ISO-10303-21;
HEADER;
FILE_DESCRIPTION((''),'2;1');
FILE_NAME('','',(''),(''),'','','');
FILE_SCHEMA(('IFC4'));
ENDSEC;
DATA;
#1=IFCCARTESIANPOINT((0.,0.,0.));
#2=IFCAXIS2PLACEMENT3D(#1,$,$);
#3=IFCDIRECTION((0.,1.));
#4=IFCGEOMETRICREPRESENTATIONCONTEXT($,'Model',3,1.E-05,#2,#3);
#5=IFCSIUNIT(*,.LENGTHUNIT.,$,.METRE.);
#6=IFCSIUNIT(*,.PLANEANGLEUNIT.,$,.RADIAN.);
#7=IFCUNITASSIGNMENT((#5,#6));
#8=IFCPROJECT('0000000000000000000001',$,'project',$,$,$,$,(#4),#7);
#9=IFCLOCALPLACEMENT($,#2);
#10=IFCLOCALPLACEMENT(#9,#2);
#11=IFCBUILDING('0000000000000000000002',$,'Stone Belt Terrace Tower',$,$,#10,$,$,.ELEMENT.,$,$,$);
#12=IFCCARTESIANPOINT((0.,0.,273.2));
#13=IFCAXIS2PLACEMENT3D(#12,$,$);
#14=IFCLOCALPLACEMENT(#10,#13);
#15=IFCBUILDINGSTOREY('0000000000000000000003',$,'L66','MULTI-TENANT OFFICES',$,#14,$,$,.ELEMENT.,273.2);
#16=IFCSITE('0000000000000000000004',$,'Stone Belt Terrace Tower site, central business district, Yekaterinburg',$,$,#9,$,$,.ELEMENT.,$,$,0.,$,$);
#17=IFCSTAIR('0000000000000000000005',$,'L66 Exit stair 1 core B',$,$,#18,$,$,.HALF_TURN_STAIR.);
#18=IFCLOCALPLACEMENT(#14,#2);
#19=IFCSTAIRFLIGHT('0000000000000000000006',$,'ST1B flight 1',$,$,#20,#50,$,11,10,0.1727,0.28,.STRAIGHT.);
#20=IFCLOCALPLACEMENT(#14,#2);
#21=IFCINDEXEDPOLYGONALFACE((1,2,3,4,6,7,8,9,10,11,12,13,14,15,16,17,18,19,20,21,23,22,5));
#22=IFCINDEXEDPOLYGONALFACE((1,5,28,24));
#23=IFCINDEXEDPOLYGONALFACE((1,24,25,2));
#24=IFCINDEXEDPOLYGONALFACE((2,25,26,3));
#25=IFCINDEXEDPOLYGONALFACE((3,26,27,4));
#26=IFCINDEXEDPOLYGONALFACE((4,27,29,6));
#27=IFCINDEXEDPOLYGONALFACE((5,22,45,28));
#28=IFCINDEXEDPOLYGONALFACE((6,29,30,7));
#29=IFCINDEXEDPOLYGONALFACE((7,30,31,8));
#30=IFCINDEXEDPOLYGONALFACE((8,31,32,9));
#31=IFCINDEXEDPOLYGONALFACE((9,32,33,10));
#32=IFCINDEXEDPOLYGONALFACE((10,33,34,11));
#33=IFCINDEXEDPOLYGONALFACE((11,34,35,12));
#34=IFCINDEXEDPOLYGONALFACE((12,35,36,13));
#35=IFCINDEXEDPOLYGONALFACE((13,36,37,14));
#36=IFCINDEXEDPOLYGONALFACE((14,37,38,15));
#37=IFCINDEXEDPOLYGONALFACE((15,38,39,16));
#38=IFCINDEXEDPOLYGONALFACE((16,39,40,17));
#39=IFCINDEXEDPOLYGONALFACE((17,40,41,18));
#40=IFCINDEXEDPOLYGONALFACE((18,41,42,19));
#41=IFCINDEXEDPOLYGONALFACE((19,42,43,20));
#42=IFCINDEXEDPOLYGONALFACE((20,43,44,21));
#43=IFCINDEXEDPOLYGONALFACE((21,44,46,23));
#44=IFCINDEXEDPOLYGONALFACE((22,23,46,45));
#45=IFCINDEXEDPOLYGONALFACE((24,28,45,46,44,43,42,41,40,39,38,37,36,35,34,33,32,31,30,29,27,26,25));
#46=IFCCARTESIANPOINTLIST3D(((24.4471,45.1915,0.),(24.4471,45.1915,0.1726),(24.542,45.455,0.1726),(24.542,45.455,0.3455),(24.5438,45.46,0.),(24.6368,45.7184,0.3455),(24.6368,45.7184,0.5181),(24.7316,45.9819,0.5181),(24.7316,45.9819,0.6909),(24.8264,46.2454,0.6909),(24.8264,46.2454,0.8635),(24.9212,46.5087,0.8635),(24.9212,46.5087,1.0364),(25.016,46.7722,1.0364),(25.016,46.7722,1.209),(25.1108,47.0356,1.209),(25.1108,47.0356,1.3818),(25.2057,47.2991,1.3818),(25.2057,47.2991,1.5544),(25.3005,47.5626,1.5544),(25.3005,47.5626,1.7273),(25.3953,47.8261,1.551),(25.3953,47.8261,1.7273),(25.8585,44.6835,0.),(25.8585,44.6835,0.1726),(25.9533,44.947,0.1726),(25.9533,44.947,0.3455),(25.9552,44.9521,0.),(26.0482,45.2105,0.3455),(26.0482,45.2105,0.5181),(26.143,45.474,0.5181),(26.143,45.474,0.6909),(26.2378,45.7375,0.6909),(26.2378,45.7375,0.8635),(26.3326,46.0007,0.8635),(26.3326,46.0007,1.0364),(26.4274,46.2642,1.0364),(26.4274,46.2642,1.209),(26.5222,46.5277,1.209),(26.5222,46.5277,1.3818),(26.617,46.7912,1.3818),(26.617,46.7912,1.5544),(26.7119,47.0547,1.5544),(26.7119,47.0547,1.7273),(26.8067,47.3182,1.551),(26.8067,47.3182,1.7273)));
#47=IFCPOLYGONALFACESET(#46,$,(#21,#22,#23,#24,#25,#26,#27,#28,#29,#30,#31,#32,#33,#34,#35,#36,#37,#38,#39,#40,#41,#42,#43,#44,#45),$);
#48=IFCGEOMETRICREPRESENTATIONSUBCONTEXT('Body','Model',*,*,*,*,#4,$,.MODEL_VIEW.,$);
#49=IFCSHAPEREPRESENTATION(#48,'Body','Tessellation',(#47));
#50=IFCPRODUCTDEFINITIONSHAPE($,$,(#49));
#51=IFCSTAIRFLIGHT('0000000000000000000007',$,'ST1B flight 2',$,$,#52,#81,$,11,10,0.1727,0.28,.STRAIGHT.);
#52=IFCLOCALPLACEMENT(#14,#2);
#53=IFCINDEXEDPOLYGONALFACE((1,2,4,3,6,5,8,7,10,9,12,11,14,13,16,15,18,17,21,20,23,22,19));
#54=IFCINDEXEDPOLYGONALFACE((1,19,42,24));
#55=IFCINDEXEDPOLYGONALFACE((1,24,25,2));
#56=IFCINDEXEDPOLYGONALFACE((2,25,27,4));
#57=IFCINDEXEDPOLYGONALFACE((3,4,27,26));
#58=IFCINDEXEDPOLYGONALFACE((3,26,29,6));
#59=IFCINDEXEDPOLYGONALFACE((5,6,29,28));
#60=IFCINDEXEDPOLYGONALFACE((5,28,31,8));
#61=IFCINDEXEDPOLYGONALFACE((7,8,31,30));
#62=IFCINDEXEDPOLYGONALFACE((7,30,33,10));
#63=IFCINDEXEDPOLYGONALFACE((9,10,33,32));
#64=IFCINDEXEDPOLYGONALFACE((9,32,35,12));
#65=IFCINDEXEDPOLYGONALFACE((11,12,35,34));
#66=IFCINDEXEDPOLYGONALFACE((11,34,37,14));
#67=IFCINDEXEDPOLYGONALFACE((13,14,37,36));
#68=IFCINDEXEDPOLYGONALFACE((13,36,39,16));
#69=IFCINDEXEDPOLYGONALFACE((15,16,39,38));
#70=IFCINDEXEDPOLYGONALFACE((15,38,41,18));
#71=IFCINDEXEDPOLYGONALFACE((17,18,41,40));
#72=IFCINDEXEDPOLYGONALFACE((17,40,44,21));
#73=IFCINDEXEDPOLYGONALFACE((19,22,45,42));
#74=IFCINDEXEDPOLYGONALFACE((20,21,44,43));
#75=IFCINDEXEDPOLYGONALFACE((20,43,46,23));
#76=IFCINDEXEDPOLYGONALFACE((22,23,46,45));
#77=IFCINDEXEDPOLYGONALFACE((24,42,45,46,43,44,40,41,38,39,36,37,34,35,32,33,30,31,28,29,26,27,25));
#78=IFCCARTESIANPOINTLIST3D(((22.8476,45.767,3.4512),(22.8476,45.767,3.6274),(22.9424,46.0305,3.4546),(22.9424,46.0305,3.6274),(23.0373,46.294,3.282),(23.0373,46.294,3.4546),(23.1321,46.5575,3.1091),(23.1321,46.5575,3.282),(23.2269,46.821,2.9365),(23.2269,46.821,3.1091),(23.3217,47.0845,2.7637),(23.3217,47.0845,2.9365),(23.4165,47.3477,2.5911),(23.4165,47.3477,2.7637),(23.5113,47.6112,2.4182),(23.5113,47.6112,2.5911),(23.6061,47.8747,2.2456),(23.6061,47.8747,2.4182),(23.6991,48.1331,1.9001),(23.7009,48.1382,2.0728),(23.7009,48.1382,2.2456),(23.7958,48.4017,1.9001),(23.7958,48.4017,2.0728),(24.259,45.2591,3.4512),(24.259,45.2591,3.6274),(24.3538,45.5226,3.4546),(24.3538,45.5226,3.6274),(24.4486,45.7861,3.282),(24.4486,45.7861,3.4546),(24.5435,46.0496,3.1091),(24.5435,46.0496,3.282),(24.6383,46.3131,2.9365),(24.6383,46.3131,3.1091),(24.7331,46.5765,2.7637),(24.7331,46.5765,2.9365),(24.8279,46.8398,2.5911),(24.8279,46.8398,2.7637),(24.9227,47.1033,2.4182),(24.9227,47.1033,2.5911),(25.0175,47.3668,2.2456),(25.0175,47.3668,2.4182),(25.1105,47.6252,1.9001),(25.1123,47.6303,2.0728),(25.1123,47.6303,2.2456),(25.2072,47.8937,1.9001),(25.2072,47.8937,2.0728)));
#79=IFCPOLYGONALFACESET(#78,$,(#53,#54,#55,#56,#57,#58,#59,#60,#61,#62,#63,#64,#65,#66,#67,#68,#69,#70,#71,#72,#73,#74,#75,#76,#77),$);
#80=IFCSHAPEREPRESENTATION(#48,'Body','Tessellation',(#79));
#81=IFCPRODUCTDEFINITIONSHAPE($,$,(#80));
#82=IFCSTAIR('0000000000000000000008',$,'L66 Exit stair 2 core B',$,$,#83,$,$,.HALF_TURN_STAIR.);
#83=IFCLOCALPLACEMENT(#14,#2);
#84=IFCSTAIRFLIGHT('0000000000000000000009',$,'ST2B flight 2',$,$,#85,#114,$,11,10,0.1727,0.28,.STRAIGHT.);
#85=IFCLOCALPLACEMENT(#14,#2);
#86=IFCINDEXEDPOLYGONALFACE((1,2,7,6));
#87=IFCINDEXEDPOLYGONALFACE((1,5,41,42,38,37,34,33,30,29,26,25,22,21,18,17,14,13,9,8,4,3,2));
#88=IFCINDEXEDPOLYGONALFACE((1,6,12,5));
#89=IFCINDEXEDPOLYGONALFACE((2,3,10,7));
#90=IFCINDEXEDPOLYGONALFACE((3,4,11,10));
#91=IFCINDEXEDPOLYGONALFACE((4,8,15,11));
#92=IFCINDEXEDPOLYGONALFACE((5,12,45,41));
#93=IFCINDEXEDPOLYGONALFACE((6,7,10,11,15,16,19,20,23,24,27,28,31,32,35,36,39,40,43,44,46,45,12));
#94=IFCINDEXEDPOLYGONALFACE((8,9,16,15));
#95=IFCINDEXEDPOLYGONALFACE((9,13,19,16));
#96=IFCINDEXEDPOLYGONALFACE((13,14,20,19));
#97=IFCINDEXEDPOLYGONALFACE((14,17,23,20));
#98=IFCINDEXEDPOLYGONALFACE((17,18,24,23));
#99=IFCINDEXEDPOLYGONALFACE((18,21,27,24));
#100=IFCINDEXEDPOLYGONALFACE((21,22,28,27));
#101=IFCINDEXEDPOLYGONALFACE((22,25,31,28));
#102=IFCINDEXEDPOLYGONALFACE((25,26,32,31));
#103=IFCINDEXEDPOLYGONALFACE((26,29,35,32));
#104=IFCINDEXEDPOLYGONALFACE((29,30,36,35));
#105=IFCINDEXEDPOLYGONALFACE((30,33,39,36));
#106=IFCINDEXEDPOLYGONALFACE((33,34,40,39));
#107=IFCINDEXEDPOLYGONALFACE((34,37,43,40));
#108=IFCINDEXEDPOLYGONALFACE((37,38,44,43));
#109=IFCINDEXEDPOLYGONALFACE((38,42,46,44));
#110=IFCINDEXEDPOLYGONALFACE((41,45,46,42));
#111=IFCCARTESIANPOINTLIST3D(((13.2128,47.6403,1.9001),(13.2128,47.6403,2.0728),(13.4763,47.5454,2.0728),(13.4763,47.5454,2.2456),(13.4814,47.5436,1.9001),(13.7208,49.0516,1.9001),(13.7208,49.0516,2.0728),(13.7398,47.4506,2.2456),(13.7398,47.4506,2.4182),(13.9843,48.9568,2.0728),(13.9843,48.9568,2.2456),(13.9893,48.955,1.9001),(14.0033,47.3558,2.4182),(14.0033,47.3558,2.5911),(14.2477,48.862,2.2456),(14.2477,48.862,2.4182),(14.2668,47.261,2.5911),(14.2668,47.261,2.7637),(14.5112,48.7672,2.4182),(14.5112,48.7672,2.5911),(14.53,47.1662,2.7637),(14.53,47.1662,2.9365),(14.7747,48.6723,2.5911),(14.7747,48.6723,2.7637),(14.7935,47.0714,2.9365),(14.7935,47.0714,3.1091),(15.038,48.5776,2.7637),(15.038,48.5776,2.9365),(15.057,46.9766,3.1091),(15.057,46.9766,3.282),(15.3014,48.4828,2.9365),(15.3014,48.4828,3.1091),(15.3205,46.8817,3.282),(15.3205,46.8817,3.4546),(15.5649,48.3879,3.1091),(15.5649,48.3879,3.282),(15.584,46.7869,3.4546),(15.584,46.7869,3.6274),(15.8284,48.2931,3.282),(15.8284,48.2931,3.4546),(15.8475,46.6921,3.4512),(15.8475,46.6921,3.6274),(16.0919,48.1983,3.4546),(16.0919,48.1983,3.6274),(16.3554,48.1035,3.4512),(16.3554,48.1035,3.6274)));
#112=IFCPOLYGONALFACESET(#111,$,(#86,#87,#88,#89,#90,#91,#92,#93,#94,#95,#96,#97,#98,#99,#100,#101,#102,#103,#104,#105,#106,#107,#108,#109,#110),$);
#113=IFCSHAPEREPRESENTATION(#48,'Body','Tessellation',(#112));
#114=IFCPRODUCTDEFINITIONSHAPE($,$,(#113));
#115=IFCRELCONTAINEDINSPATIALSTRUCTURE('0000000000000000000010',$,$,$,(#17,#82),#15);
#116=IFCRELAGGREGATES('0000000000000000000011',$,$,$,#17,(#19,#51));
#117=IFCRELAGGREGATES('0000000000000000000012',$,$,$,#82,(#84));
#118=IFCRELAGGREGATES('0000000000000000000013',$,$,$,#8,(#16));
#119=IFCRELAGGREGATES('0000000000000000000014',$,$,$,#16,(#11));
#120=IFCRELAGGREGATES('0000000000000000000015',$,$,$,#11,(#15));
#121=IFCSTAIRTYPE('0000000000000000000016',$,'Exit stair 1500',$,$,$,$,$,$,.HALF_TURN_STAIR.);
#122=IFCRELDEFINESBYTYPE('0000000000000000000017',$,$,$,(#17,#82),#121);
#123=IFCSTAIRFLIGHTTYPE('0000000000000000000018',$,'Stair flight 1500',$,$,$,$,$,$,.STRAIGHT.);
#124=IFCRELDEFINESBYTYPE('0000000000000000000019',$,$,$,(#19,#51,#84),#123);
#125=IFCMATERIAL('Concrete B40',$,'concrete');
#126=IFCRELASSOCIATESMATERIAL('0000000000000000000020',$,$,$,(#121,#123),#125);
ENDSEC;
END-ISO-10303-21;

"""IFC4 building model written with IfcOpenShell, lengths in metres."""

from ifc_helpers import new_model, si_unit, direction, frame, origin, place, context, subcontext, project, spatial, polyline, outline, extrude, material, type_object, element, aggregate, save


model = new_model("IFC4")

# Units and contexts
model_context = context("Model", 3, precision=1e-05, world=origin(), true_north=direction((0.0, 1.0)))
body_context = subcontext(model_context, "Body", "Model", "MODEL_VIEW")
ifc_project = project(units=[si_unit("LENGTHUNIT", "METRE"), si_unit("PLANEANGLEUNIT", "RADIAN")], contexts=[model_context])

# Site, building, storey
site_placement = place(None, origin())
site = spatial("IfcSite", under=ifc_project, at=site_placement, Name="Stone Belt Terrace Tower site, central business district, Yekaterinburg", CompositionType="ELEMENT", RefElevation=0.0)
building_placement = place(site_placement, origin())
building = spatial("IfcBuilding", under=site, at=building_placement, Name="Stone Belt Terrace Tower", CompositionType="ELEMENT")
storey_placement = place(building_placement, frame((0.0, 0.0, 273.2)))
storey = spatial("IfcBuildingStorey", under=building, at=storey_placement, Name="L66", Description="MULTI-TENANT OFFICES", CompositionType="ELEMENT", Elevation=273.2)

# Stair, stair flights
ifc_material_1 = material(Name="Concrete B40", Category="concrete")
stair_type = type_object("IfcStairType", Name="Exit stair 1500", PredefinedType="HALF_TURN_STAIR", material=ifc_material_1)
stair_1_placement = place(storey_placement, origin())
stair_1 = element("IfcStair", 1, at=stair_1_placement, inside=storey, type_object=stair_type, Name="L66 Exit stair 1 core B", PredefinedType="HALF_TURN_STAIR")
stair_flight_type = type_object("IfcStairFlightType", Name="Stair flight 1500", PredefinedType="STRAIGHT", material=ifc_material_1)
stair_flight_1_placement = place(storey_placement, frame((25.1528, 44.9375, 0.0), z_axis=(0.0, 0.0, 1.0), x_axis=(0.338624, 0.940922, 0.0)))
stair_flight_1 = element("IfcStairFlight", 2, at=stair_flight_1_placement, type_object=stair_flight_type, Name="ST1B flight 1", NumberOfRisers=11, NumberOfTreads=10, PredefinedType="STRAIGHT", RiserHeight=0.1727, TreadLength=0.28, context=body_context, shape_type="SweptSolid", body=[
    extrude(outline(polyline([(0.0, 0.0), (0.0, 0.1726), (0.28, 0.1726), (0.28, 0.3455), (0.5601, 0.3455), (0.5601, 0.5181), (0.8401, 0.5181), (0.8401, 0.6909), (1.1201, 0.6909), (1.1201, 0.8635), (1.3999, 0.8635), (1.3999, 1.0364), (1.6799, 1.0364), (1.6799, 1.209), (1.96, 1.209), (1.96, 1.3818), (2.24, 1.3818), (2.24, 1.5544), (2.52, 1.5544), (2.52, 1.7273), (2.8, 1.7273), (2.8, 1.8999), (2.8, 1.551), (0.2854, 0.0), (0.0, 0.0)])), frame((0.0, 0.75, 0.0), z_axis=(0.0, -1.0, 0.0), x_axis=(1.0, 0.0, 0.0)), (0.0, 0.0, 1.0), 1.5),
])
stair_flight_2_placement = place(storey_placement, frame((24.5015, 48.1477, 1.9001), z_axis=(0.0, 0.0, 1.0), x_axis=(-0.338624, -0.940922, 0.0)))
stair_flight_2 = element("IfcStairFlight", 3, at=stair_flight_2_placement, type_object=stair_flight_type, Name="ST1B flight 2", NumberOfRisers=11, NumberOfTreads=10, PredefinedType="STRAIGHT", RiserHeight=0.1727, TreadLength=0.28, context=body_context, shape_type="SweptSolid", body=[
    extrude(outline(polyline([(0.0, 0.0), (0.0, 0.1726), (0.28, 0.1726), (0.28, 0.3455), (0.5601, 0.3455), (0.5601, 0.5181), (0.8401, 0.5181), (0.8401, 0.6909), (1.1201, 0.6909), (1.1201, 0.8635), (1.3999, 0.8635), (1.3999, 1.0364), (1.6799, 1.0364), (1.6799, 1.209), (1.96, 1.209), (1.96, 1.3818), (2.24, 1.3818), (2.24, 1.5544), (2.52, 1.5544), (2.52, 1.7273), (2.8, 1.7273), (2.8, 1.8999), (2.8, 1.551), (0.2854, 0.0), (0.0, 0.0)])), frame((0.0, 0.75, 0.0), z_axis=(0.0, -1.0, 0.0), x_axis=(1.0, 0.0, 0.0)), (0.0, 0.0, 1.0), 1.5),
])
aggregate(stair_1, [stair_flight_1, stair_flight_2])

# Stair, stair flight
stair_2_placement = place(storey_placement, origin())
stair_2 = element("IfcStair", 4, at=stair_2_placement, inside=storey, type_object=stair_type, Name="L66 Exit stair 2 core B", PredefinedType="HALF_TURN_STAIR")
stair_flight_3_placement = place(storey_placement, frame((13.4668, 48.3459, 1.9001), z_axis=(0.0, 0.0, 1.0), x_axis=(0.940922, -0.338624, 0.0)))
stair_flight_3 = element("IfcStairFlight", 5, at=stair_flight_3_placement, type_object=stair_flight_type, Name="ST2B flight 2", NumberOfRisers=11, NumberOfTreads=10, PredefinedType="STRAIGHT", RiserHeight=0.1727, TreadLength=0.28, context=body_context, shape_type="SweptSolid", body=[
    extrude(outline(polyline([(0.0, 0.0), (0.0, 0.1726), (0.28, 0.1726), (0.28, 0.3455), (0.5601, 0.3455), (0.5601, 0.5181), (0.8401, 0.5181), (0.8401, 0.6909), (1.1201, 0.6909), (1.1201, 0.8635), (1.3999, 0.8635), (1.3999, 1.0364), (1.6799, 1.0364), (1.6799, 1.209), (1.96, 1.209), (1.96, 1.3818), (2.24, 1.3818), (2.24, 1.5544), (2.52, 1.5544), (2.52, 1.7273), (2.8, 1.7273), (2.8, 1.8999), (2.8, 1.551), (0.2854, 0.0), (0.0, 0.0)])), frame((0.0, 0.75, 0.0), z_axis=(0.0, -1.0, 0.0), x_axis=(1.0, 0.0, 0.0)), (0.0, 0.0, 1.0), 1.5),
])
aggregate(stair_2, [stair_flight_3])

save(model, "model.ifc")
